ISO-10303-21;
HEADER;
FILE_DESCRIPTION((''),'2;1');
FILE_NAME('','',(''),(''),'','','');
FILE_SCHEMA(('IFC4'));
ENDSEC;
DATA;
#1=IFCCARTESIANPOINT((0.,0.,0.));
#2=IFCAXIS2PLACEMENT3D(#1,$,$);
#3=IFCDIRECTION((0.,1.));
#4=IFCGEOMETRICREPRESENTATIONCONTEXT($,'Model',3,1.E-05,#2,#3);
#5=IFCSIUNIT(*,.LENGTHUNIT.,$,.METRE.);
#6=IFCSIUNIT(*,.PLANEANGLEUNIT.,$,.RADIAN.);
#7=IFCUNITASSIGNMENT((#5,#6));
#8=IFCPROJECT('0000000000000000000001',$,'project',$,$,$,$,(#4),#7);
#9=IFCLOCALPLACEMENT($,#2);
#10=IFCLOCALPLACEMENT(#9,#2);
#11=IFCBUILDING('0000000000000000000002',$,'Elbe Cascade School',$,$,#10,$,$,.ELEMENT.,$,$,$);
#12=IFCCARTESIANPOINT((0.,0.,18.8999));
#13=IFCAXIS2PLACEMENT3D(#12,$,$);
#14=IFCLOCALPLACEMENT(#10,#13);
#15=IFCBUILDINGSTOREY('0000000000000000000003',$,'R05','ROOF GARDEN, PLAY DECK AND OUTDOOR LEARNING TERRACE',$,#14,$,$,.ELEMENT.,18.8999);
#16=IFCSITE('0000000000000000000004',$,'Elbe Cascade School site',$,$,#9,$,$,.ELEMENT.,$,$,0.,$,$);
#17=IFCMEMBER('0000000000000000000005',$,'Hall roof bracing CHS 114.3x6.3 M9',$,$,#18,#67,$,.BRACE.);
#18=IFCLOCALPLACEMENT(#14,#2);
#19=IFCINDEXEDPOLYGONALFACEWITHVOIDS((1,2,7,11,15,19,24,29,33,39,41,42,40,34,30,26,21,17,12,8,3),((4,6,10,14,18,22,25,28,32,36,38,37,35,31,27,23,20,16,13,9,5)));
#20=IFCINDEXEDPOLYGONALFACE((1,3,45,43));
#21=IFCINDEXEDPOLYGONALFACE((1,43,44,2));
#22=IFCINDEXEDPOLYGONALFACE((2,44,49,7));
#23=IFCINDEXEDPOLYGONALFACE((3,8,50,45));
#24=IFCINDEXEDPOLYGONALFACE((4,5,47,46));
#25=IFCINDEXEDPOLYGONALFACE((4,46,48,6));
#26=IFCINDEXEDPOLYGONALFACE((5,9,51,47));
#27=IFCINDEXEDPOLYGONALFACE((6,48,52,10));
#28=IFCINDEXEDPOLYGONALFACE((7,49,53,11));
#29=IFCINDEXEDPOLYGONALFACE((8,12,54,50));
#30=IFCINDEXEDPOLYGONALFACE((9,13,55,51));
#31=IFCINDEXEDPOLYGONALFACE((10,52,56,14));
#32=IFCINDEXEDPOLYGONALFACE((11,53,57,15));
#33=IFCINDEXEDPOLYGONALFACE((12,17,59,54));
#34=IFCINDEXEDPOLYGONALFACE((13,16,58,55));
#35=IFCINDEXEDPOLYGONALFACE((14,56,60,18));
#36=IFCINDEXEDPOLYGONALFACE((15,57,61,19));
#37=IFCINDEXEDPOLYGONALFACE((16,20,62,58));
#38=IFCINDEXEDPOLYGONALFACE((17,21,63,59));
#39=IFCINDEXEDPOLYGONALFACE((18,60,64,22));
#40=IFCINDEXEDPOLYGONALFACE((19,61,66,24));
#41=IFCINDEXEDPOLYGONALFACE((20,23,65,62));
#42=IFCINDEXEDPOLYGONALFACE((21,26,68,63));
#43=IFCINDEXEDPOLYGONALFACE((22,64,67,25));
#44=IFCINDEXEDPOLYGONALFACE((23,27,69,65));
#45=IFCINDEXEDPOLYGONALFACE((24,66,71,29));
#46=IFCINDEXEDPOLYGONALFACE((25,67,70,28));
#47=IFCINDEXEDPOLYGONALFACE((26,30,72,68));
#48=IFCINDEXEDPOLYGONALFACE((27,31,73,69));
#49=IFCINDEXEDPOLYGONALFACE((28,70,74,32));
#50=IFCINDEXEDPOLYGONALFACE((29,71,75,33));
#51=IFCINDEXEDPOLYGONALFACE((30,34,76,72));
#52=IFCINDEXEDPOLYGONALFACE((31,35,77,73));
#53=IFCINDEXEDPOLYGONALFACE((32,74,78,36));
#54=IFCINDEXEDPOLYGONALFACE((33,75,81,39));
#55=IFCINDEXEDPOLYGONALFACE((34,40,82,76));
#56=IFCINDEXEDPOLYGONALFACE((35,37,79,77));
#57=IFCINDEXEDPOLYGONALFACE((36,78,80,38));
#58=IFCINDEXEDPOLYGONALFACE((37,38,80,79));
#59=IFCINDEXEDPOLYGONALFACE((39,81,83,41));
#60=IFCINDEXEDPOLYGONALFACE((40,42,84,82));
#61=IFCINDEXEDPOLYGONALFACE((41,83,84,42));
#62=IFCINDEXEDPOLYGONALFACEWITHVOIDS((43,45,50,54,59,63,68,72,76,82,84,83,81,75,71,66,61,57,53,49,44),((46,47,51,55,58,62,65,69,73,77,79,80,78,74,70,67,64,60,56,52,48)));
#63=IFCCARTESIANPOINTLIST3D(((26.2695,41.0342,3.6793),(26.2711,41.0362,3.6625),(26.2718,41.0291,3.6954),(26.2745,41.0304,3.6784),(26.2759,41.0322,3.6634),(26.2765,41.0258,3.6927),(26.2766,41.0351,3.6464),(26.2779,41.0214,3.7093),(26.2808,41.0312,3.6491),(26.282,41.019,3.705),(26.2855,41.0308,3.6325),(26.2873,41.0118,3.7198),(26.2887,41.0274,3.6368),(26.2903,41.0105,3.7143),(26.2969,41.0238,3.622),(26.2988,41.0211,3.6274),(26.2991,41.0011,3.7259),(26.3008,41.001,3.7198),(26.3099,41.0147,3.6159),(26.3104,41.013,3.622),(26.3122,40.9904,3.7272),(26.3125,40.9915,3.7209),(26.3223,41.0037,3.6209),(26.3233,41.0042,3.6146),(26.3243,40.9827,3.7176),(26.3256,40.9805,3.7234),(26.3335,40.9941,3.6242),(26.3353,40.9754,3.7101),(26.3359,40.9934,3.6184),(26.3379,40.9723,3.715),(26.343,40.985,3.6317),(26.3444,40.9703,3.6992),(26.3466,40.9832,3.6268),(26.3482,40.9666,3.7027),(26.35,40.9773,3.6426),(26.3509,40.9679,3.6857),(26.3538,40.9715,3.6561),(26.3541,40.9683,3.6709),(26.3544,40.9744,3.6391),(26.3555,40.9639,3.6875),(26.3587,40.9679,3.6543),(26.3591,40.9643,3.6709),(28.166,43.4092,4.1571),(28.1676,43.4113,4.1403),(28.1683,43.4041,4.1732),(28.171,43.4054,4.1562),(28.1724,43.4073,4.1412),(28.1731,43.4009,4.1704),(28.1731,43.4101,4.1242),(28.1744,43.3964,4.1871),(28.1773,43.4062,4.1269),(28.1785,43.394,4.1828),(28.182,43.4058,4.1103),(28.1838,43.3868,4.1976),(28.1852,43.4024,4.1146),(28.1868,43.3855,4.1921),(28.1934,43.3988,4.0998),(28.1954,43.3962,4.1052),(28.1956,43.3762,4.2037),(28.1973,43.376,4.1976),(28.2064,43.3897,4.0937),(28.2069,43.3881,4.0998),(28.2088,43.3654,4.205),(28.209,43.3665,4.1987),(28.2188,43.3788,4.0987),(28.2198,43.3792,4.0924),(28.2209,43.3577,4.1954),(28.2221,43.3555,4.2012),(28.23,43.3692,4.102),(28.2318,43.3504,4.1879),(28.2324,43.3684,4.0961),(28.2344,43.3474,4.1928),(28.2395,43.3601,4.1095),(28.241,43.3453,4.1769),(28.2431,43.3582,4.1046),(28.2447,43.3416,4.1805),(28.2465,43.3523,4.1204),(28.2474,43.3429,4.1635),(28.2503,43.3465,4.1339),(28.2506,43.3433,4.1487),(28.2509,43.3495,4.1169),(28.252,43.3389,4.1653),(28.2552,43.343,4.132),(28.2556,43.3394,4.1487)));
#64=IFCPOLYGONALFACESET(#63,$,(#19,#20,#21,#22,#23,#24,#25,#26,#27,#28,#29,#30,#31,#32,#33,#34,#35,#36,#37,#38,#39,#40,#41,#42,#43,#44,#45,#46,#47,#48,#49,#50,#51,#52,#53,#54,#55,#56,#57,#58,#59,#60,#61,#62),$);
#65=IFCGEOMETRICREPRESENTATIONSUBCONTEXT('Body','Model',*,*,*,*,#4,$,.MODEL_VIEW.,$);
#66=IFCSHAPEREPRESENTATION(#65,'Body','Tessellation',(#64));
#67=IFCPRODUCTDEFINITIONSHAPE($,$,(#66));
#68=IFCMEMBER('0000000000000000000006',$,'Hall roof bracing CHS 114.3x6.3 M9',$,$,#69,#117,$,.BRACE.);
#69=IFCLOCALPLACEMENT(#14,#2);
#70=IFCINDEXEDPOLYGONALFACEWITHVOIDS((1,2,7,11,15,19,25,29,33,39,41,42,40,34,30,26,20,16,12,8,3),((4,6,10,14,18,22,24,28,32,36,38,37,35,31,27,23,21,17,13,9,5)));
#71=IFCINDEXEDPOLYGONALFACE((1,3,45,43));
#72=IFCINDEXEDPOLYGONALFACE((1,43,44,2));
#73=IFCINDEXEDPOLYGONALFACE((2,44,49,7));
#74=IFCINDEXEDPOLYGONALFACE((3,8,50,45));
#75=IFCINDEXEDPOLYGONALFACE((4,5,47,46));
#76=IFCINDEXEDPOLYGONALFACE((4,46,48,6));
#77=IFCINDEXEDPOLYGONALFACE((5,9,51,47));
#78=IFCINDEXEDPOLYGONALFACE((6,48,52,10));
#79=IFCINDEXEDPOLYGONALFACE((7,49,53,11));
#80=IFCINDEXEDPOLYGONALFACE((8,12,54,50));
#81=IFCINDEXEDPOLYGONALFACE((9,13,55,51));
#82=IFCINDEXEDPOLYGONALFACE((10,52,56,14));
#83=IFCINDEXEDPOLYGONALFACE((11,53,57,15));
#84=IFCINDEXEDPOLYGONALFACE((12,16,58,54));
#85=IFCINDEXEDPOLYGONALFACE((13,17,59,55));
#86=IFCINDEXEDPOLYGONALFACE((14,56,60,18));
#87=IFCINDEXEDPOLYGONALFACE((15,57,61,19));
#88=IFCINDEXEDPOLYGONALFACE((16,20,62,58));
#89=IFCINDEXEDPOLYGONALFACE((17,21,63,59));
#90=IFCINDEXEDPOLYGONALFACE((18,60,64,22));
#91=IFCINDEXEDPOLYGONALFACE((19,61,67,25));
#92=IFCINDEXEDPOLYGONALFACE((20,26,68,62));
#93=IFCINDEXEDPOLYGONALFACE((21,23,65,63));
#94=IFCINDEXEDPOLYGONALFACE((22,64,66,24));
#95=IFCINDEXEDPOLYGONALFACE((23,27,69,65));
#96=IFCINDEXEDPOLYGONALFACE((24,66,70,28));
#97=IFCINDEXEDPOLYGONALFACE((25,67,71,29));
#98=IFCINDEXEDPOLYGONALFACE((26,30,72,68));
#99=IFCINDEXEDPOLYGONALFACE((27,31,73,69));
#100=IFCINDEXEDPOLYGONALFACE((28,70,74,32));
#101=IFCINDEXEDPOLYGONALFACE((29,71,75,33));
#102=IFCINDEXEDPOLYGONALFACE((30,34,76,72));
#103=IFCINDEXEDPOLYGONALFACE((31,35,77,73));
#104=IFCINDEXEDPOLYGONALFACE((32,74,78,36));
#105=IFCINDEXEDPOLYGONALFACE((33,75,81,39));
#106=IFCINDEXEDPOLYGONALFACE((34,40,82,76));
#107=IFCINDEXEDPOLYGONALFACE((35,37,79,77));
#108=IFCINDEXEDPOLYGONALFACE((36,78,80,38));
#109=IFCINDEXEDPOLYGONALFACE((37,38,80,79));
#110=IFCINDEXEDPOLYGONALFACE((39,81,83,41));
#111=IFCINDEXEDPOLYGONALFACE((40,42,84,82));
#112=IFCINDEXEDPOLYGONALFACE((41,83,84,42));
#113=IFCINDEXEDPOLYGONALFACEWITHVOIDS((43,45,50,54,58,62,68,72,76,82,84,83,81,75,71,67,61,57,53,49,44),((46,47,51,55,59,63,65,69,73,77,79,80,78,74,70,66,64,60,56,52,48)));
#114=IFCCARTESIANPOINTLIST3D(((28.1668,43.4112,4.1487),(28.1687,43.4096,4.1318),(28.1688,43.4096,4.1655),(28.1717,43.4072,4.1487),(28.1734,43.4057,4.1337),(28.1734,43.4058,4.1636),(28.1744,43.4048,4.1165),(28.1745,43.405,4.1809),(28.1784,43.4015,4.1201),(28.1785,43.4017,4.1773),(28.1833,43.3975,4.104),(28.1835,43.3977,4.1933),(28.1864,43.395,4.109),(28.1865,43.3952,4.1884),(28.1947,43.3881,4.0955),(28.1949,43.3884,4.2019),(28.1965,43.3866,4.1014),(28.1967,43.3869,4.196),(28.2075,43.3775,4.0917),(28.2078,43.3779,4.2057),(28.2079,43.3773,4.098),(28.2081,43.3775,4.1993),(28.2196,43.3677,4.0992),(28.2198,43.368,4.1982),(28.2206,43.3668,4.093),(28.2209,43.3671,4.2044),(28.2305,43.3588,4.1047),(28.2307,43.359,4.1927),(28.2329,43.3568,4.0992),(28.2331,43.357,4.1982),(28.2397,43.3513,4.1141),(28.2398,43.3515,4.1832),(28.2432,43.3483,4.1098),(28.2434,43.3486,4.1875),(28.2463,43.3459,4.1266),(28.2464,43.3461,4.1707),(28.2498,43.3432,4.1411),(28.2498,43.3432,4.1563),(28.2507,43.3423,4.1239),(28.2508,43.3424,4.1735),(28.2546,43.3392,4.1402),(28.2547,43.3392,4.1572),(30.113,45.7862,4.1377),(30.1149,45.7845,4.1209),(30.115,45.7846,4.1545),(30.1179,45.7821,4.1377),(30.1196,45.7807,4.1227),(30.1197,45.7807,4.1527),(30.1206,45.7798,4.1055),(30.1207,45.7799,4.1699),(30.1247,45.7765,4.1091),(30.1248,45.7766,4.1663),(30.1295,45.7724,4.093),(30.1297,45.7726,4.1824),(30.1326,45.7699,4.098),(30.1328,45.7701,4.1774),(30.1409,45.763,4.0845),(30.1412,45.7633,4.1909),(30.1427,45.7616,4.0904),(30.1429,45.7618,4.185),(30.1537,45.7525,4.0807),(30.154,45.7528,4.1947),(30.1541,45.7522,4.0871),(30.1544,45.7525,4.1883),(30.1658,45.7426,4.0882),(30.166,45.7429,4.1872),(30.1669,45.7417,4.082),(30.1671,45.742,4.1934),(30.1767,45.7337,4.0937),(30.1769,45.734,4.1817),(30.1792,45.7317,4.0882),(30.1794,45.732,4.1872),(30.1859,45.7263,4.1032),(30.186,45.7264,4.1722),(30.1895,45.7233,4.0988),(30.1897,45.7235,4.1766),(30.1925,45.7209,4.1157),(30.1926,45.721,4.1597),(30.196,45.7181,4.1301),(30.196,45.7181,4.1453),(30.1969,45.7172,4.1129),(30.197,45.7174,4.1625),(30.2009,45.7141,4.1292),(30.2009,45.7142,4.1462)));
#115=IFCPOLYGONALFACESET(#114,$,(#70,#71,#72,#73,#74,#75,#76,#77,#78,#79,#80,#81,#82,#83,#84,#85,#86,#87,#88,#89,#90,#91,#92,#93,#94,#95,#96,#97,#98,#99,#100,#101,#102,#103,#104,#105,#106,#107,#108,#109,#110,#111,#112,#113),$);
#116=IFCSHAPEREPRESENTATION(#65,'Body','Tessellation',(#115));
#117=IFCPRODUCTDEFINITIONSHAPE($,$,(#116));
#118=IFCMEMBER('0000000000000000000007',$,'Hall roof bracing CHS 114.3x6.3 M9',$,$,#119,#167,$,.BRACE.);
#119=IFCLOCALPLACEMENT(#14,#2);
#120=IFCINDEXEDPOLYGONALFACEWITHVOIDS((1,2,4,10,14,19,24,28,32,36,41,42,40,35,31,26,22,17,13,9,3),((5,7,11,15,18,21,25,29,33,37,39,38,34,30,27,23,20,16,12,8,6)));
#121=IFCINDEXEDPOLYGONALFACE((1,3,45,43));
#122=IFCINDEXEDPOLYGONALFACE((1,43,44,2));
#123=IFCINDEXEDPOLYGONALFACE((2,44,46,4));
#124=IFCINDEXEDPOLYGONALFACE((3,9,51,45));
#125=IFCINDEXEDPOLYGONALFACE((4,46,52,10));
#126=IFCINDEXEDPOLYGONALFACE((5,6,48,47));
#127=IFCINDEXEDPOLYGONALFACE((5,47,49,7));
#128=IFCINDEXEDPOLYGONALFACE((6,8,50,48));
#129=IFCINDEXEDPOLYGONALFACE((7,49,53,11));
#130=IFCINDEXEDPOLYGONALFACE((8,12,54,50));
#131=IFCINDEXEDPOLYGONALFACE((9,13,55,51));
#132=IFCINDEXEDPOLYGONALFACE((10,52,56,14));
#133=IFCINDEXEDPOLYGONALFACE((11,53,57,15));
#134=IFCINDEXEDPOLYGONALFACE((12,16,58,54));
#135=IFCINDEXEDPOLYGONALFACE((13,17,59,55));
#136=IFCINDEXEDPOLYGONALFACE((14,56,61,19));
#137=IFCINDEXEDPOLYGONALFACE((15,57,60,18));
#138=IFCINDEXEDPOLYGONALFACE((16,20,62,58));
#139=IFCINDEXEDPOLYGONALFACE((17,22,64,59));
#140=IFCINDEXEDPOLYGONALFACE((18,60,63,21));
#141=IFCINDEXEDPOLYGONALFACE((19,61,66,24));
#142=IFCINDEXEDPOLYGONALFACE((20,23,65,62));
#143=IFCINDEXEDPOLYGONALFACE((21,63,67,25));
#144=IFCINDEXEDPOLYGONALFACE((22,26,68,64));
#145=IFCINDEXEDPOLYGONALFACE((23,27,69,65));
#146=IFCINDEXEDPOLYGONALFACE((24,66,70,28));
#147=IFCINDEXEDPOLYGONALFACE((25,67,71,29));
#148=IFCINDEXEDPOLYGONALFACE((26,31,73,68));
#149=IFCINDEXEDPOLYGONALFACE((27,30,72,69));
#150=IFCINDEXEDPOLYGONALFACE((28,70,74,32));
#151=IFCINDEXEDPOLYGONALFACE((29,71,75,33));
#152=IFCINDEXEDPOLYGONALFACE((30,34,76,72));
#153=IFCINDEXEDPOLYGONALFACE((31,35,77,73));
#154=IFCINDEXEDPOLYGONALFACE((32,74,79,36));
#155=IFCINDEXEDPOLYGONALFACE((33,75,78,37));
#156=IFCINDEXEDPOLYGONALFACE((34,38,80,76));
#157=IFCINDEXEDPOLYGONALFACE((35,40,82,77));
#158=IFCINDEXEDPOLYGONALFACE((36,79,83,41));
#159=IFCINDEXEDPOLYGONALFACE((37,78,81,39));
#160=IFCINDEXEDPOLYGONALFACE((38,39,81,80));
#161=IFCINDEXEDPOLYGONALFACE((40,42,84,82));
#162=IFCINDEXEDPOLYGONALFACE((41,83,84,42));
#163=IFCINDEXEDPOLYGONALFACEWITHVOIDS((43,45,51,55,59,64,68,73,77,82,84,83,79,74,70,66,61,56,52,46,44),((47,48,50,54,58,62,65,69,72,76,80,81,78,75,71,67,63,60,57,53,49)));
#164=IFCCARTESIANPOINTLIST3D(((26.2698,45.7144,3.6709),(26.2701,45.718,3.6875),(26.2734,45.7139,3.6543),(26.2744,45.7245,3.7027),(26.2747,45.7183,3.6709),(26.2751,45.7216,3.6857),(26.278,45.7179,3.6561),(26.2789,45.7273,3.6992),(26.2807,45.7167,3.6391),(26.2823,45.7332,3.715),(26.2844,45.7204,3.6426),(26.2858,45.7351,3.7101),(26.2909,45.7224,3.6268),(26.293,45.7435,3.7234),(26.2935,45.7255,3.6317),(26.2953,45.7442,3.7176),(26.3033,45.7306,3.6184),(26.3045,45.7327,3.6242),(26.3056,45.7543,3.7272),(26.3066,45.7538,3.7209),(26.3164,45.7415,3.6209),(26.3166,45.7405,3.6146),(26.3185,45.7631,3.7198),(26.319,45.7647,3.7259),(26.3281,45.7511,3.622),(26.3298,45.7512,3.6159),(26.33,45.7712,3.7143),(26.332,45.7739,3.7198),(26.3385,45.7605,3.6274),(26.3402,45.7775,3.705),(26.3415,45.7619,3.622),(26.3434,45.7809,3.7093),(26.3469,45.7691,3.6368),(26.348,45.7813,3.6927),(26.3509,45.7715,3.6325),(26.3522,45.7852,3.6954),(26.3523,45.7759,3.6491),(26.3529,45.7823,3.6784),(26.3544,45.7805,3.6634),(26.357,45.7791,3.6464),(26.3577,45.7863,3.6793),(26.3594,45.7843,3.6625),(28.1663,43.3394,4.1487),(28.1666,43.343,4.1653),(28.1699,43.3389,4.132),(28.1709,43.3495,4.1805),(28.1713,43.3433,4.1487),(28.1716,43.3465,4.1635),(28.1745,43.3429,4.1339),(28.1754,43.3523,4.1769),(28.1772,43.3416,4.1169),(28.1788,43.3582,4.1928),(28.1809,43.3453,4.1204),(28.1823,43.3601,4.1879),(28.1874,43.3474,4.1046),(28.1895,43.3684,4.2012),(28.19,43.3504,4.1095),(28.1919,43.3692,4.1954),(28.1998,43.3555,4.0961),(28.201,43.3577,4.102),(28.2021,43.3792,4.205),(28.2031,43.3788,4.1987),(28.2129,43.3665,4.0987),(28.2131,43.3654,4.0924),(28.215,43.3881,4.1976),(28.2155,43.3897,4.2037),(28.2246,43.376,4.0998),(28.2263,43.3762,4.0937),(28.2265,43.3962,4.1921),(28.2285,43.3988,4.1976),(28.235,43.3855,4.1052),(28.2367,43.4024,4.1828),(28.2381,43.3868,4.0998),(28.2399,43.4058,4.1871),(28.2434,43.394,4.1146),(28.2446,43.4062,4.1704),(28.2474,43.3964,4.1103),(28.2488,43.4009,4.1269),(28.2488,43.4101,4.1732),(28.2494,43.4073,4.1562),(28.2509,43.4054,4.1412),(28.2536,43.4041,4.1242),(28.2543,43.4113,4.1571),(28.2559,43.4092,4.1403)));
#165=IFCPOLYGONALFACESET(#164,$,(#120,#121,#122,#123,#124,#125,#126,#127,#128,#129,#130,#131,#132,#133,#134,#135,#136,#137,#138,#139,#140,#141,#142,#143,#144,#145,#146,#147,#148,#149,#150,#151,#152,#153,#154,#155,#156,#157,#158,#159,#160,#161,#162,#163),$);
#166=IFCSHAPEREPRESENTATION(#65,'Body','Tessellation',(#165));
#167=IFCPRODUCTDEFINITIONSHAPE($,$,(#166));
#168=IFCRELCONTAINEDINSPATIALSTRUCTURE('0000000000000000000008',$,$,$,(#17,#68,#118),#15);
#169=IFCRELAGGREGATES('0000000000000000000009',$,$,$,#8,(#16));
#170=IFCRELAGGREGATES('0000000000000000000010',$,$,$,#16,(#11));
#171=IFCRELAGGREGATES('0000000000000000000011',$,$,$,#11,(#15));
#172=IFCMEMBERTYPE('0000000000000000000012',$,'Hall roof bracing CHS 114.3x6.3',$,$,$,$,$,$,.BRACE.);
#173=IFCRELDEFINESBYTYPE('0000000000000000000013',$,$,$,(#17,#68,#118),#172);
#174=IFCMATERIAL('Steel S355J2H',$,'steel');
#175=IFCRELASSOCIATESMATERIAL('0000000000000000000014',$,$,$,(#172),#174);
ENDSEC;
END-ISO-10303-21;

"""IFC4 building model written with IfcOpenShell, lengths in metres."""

from ifc_helpers import new_model, si_unit, direction, frame, origin, origin_2d, place, context, subcontext, project, spatial, hollow_circle, extrude, material, material_profile, profile_set, type_object, element, save


model = new_model("IFC4")

# Units and contexts
model_context = context("Model", 3, precision=1e-05, world=origin(), true_north=direction((0.0, 1.0)))
body_context = subcontext(model_context, "Body", "Model", "MODEL_VIEW")
ifc_project = project(units=[si_unit("LENGTHUNIT", "METRE"), si_unit("PLANEANGLEUNIT", "RADIAN")], contexts=[model_context])

# Site, building, storey
site_placement = place(None, origin())
site = spatial("IfcSite", under=ifc_project, at=site_placement, Name="Elbe Cascade School site", CompositionType="ELEMENT", RefElevation=0.0)
building_placement = place(site_placement, origin())
building = spatial("IfcBuilding", under=site, at=building_placement, Name="Elbe Cascade School", CompositionType="ELEMENT")
storey_placement = place(building_placement, frame((0.0, 0.0, 18.8999)))
storey = spatial("IfcBuildingStorey", under=building, at=storey_placement, Name="R05", Description="ROOF GARDEN, PLAY DECK AND OUTDOOR LEARNING TERRACE", CompositionType="ELEMENT", Elevation=18.8999)

# Members
ifc_material_1 = material(Name="Steel S355J2H", Category="steel")
ifc_material_profile_1 = material_profile(ifc_material_1, hollow_circle(Radius=0.0571, WallThickness=0.0063, at=origin_2d()), Name="CHS 114.3x6.3")
ifc_profile_set_1 = profile_set([ifc_material_profile_1], Name="Steel S355J2H")
member_type_1 = type_object("IfcMemberType", Name="Hall roof bracing CHS 114.3x6.3", PredefinedType="BRACE", material=ifc_profile_set_1)
member_1_placement = place(storey_placement, frame((28.2109, 43.375, 4.1487), z_axis=(-0.616419, -0.771952, -0.155295), x_axis=(0.781433, -0.623989, 0.0)))
element("IfcMember", 1, at=member_1_placement, inside=storey, type_object=member_type_1, Name="Hall roof bracing CHS 114.3x6.3 M9", PredefinedType="BRACE", context=body_context, shape_type="SweptSolid", body=[
    extrude(hollow_circle(Radius=0.0571, WallThickness=0.0063, at=origin_2d()), origin(), (0.0, 0.0, 1.0), 3.0767),
])
member_2_placement = place(storey_placement, frame((28.2109, 43.375, 4.1487), z_axis=(0.63384, 0.773456, -0.003578), x_axis=(-0.773461, 0.633844, 0.0)))
element("IfcMember", 2, at=member_2_placement, inside=storey, type_object=member_type_1, Name="Hall roof bracing CHS 114.3x6.3 M9", PredefinedType="BRACE", context=body_context, shape_type="SweptSolid", body=[
    extrude(hollow_circle(Radius=0.0571, WallThickness=0.0063, at=origin_2d()), origin(), (0.0, 0.0, 1.0), 3.0706),
])
member_3_placement = place(storey_placement, frame((28.2109, 43.375, 4.1487), z_axis=(-0.616419, 0.771952, -0.155295), x_axis=(-0.781433, -0.623989, 0.0)))
element("IfcMember", 3, at=member_3_placement, inside=storey, type_object=member_type_1, Name="Hall roof bracing CHS 114.3x6.3 M9", PredefinedType="BRACE", context=body_context, shape_type="SweptSolid", body=[
    extrude(hollow_circle(Radius=0.0571, WallThickness=0.0063, at=origin_2d()), origin(), (0.0, 0.0, 1.0), 3.0767),
])

save(model, "model.ifc")
